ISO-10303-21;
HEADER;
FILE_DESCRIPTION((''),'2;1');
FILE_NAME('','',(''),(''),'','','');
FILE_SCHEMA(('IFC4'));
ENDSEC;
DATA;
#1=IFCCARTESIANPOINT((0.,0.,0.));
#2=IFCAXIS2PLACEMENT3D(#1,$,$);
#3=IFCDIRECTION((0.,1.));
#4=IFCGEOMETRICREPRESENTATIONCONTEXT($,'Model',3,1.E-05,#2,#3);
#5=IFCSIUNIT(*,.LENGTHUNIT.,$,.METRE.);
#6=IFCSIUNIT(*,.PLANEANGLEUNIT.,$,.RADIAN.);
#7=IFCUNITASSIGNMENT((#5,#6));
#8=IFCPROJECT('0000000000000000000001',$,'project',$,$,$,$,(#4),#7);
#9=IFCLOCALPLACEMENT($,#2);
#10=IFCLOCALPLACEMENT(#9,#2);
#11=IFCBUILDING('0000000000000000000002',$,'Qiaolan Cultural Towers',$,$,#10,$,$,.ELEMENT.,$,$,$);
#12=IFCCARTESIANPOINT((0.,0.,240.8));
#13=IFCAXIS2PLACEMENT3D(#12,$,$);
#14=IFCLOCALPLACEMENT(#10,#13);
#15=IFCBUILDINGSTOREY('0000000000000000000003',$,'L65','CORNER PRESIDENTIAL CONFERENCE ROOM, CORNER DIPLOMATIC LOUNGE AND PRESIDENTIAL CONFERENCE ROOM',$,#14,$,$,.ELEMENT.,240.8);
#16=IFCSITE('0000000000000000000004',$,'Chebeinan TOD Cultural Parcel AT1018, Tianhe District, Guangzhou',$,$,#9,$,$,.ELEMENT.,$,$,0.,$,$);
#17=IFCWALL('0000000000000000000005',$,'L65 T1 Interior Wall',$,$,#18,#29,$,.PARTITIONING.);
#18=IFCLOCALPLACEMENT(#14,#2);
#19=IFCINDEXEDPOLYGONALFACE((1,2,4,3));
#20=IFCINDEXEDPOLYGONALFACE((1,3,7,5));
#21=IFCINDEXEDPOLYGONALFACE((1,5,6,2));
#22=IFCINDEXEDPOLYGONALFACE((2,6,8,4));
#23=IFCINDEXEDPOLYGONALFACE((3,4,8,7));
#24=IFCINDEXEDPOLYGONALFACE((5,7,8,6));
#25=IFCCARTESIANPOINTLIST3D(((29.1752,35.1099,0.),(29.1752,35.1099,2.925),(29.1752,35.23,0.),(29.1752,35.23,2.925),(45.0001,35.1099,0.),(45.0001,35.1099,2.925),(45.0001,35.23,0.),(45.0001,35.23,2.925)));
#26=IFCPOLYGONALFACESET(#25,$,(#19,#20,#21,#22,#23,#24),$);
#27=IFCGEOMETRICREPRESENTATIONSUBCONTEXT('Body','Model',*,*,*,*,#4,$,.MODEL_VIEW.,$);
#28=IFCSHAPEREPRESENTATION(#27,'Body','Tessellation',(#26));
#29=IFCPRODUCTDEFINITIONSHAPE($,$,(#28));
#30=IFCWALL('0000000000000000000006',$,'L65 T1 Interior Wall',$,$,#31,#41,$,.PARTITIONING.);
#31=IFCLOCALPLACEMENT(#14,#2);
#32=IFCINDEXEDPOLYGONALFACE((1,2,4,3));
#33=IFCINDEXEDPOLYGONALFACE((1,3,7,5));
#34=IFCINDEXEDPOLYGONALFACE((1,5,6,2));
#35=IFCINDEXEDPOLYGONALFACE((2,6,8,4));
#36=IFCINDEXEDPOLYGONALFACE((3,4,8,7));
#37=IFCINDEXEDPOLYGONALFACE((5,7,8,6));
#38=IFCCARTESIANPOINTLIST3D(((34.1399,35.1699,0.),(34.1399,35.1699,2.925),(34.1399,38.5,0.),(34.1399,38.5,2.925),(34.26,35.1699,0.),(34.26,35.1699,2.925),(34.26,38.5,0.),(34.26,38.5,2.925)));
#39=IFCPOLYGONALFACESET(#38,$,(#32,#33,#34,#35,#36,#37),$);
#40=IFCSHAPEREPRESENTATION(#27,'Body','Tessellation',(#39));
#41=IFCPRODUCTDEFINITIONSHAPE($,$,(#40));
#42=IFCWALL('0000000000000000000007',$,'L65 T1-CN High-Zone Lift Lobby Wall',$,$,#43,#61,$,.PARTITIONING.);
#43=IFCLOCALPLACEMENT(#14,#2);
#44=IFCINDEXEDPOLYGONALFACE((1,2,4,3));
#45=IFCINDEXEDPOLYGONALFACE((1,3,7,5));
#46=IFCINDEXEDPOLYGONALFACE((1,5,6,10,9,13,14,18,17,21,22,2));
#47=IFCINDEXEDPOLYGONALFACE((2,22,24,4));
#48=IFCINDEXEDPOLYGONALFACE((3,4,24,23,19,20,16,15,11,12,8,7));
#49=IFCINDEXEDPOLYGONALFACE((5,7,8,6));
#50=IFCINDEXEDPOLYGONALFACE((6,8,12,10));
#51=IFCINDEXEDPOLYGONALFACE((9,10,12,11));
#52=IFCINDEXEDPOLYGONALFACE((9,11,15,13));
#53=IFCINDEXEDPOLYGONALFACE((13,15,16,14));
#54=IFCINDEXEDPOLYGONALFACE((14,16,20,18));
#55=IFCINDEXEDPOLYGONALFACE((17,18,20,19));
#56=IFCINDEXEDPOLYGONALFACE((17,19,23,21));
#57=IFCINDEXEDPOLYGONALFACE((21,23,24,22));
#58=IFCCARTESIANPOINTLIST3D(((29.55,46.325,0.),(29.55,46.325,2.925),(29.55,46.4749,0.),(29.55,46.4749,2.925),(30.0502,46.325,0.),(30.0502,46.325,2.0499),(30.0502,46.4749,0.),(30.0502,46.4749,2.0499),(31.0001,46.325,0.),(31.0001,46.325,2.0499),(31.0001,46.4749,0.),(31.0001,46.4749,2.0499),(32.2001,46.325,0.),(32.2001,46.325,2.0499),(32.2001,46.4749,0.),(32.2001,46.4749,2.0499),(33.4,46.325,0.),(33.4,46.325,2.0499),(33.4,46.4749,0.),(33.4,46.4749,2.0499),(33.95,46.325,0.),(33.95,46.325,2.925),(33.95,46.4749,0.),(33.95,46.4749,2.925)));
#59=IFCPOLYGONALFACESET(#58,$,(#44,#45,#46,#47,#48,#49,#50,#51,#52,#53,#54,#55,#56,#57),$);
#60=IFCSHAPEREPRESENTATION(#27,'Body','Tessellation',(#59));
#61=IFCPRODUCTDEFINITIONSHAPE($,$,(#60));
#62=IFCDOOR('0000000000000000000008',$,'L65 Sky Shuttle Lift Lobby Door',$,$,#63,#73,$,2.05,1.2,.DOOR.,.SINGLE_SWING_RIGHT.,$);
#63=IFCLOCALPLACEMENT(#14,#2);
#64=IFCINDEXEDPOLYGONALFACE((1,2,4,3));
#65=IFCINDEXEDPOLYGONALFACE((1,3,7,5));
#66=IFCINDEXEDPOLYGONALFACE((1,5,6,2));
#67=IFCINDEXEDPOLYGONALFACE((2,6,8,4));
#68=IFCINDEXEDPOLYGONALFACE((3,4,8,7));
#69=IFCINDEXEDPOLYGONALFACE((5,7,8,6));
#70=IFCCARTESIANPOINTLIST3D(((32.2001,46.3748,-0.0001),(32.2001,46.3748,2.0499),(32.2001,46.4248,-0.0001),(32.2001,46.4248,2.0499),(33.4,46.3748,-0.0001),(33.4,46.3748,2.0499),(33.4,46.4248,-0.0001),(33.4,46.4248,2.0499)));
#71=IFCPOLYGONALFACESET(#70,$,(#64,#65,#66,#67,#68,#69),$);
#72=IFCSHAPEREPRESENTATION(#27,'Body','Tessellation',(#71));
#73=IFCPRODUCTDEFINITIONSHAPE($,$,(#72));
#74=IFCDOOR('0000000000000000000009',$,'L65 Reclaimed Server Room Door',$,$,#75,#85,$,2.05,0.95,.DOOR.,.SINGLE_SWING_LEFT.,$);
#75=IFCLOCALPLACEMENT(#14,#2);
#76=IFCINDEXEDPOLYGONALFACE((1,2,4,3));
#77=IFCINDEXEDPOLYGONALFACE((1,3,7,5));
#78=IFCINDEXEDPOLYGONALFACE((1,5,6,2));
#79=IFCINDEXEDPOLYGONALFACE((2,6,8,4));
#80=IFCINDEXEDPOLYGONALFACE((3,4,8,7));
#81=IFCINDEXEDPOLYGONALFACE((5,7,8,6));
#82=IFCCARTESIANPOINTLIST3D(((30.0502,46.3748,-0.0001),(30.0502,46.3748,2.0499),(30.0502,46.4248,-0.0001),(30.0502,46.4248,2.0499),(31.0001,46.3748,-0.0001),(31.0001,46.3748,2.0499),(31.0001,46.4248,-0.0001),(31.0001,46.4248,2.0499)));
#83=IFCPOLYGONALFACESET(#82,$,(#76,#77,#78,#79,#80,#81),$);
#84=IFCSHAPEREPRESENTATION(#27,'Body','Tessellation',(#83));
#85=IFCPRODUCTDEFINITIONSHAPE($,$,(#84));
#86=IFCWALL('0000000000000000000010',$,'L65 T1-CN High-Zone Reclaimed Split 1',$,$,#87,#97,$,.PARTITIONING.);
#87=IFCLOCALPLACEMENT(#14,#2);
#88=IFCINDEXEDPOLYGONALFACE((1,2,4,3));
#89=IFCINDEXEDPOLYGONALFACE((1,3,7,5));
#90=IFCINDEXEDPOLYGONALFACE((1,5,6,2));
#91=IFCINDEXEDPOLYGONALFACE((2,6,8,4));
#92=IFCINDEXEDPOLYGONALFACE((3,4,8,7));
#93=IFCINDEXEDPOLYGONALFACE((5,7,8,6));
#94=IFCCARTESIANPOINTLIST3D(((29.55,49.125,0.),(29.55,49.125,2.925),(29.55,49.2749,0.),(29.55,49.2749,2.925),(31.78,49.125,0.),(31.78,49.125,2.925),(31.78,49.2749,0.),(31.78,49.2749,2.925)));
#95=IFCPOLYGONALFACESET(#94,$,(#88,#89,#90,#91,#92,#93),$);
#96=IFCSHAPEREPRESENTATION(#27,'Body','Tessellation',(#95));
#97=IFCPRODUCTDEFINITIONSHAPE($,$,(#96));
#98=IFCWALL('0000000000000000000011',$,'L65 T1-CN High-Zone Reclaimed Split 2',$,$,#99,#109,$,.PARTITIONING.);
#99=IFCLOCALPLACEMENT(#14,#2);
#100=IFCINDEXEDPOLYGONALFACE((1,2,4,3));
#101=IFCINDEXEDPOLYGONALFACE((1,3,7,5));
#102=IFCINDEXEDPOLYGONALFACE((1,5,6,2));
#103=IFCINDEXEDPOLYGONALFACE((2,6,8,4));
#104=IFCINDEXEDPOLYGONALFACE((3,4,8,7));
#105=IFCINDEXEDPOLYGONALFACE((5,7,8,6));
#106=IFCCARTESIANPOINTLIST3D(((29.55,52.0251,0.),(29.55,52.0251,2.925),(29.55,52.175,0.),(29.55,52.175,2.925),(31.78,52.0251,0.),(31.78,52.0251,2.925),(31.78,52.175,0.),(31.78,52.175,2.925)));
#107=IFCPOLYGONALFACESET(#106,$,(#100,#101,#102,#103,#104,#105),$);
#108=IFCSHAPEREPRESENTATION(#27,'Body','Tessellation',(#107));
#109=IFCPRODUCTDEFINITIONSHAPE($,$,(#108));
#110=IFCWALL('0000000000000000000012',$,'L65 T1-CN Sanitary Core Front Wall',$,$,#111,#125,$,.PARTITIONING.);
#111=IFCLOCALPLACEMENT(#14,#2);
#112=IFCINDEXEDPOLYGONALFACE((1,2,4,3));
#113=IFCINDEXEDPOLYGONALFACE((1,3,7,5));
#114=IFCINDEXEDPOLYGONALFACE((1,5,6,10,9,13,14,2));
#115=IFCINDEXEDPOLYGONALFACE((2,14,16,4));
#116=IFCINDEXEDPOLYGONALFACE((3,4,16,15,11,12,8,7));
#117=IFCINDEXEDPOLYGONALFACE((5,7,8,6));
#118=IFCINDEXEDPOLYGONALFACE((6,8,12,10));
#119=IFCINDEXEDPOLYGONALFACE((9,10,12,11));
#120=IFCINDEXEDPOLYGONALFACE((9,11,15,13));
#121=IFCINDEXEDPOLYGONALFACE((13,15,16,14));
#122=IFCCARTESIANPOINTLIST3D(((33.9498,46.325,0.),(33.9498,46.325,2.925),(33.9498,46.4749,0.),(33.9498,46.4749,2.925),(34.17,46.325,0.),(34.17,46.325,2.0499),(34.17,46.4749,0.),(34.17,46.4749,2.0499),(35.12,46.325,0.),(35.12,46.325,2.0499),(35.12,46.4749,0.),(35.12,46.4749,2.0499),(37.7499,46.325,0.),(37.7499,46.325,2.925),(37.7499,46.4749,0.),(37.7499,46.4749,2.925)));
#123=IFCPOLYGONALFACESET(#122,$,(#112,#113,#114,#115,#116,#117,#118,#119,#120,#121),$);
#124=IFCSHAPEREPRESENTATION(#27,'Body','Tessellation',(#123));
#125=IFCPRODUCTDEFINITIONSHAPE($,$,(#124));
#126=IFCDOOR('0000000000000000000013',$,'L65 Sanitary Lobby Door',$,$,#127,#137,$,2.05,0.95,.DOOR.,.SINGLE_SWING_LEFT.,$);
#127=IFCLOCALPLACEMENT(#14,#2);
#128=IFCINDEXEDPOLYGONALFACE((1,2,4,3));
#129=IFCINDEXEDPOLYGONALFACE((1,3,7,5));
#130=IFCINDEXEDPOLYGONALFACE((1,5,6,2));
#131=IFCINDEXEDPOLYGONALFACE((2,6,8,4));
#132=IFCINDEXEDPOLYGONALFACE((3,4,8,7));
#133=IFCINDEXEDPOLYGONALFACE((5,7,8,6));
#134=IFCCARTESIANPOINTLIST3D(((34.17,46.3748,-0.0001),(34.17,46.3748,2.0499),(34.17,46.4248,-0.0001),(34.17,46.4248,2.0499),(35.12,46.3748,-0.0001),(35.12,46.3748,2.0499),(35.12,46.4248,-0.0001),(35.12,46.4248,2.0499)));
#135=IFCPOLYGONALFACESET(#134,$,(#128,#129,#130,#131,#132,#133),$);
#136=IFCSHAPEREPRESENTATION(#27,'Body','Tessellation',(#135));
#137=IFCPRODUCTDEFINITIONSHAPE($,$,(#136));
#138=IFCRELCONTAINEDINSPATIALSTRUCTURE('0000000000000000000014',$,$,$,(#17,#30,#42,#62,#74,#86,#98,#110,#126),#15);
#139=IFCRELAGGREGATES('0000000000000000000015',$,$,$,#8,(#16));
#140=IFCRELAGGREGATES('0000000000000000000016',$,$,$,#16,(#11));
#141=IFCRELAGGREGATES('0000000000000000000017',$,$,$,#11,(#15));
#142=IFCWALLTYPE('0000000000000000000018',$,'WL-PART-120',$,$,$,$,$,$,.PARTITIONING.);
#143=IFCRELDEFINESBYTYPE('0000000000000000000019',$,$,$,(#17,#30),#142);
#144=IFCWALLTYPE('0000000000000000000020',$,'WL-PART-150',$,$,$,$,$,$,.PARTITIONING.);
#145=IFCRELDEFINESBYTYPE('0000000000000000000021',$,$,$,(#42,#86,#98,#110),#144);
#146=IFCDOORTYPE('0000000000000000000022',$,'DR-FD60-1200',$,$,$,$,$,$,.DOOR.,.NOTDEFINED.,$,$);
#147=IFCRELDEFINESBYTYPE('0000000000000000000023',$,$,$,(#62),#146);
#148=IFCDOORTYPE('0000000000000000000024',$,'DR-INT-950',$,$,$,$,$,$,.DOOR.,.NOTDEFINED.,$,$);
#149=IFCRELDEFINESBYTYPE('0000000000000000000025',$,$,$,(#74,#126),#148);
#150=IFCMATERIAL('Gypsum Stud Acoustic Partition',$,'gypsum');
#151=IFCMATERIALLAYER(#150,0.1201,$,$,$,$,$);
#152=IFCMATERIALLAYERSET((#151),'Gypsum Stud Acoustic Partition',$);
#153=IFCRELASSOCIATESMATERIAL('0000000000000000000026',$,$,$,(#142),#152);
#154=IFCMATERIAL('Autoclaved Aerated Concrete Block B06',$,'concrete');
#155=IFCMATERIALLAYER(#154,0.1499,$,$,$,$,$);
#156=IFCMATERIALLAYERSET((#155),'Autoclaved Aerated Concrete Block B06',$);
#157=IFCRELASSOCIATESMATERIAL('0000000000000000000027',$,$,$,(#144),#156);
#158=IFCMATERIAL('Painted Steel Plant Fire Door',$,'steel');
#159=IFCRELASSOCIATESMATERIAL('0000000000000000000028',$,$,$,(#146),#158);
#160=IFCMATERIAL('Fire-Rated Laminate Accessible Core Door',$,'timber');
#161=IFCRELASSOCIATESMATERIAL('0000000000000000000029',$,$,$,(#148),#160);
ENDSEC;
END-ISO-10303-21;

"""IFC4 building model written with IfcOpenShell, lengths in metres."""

from ifc_helpers import new_model, si_unit, direction, frame, frame_2d, origin, place, context, subcontext, project, spatial, rectangle, extrude, material, layer, layer_set, type_object, element, fill, save


model = new_model("IFC4")

# Units and contexts
model_context = context("Model", 3, precision=1e-05, world=origin(), true_north=direction((0.0, 1.0)))
body_context = subcontext(model_context, "Body", "Model", "MODEL_VIEW")
ifc_project = project(units=[si_unit("LENGTHUNIT", "METRE"), si_unit("PLANEANGLEUNIT", "RADIAN")], contexts=[model_context])

# Site, building, storey
site_placement = place(None, origin())
site = spatial("IfcSite", under=ifc_project, at=site_placement, Name="Chebeinan TOD Cultural Parcel AT1018, Tianhe District, Guangzhou", CompositionType="ELEMENT", RefElevation=0.0)
building_placement = place(site_placement, origin())
building = spatial("IfcBuilding", under=site, at=building_placement, Name="Qiaolan Cultural Towers", CompositionType="ELEMENT")
storey_placement = place(building_placement, frame((0.0, 0.0, 240.8)))
storey = spatial("IfcBuildingStorey", under=building, at=storey_placement, Name="L65", Description="CORNER PRESIDENTIAL CONFERENCE ROOM, CORNER DIPLOMATIC LOUNGE AND PRESIDENTIAL CONFERENCE ROOM", CompositionType="ELEMENT", Elevation=240.8)

# Shared definitions
ifc_material_1 = material(Name="Gypsum Stud Acoustic Partition", Category="gypsum")
ifc_layer_1 = layer(ifc_material_1, 0.1201)
ifc_layer_set_1 = layer_set([ifc_layer_1], Name="Gypsum Stud Acoustic Partition")
wall_type_1 = type_object("IfcWallType", Name="WL-PART-120", PredefinedType="PARTITIONING", material=ifc_layer_set_1)

# Walls
wall_1_placement = place(storey_placement, frame((29.175, 35.1699, 0.0), z_axis=(0.0, 0.0, 1.0), x_axis=(1.0, 0.0, 0.0)))
element("IfcWall", 1, at=wall_1_placement, inside=storey, type_object=wall_type_1, Name="L65 T1 Interior Wall", PredefinedType="PARTITIONING", context=body_context, shape_type="SweptSolid", body=[
    extrude(rectangle(XDim=15.825, YDim=0.1201, at=frame_2d((7.9126, 0.0))), origin(), (0.0, 0.0, 1.0), 2.925),
])
wall_2_placement = place(storey_placement, frame((34.2, 35.1699, 0.0), z_axis=(0.0, 0.0, 1.0), x_axis=(0.0, 1.0, 0.0)))
element("IfcWall", 2, at=wall_2_placement, inside=storey, type_object=wall_type_1, Name="L65 T1 Interior Wall", PredefinedType="PARTITIONING", context=body_context, shape_type="SweptSolid", body=[
    extrude(rectangle(XDim=3.3301, YDim=0.1201, at=frame_2d((1.665, 0.0))), origin(), (0.0, 0.0, 1.0), 2.925),
])

# Wall, openings, doors
ifc_material_2 = material(Name="Autoclaved Aerated Concrete Block B06", Category="concrete")
ifc_layer_2 = layer(ifc_material_2, 0.1499)
ifc_layer_set_2 = layer_set([ifc_layer_2], Name="Autoclaved Aerated Concrete Block B06")
wall_type_2 = type_object("IfcWallType", Name="WL-PART-150", PredefinedType="PARTITIONING", material=ifc_layer_set_2)
wall_3_placement = place(storey_placement, frame((29.55, 46.3999, 0.0), z_axis=(0.0, 0.0, 1.0), x_axis=(1.0, 0.0, 0.0)))
wall_3 = element("IfcWall", 3, at=wall_3_placement, inside=storey, type_object=wall_type_2, Name="L65 T1-CN High-Zone Lift Lobby Wall", PredefinedType="PARTITIONING", context=body_context, shape_type="SweptSolid", body=[
    extrude(rectangle(XDim=4.3999, YDim=0.1499, at=frame_2d((2.2, 0.0))), origin(), (0.0, 0.0, 1.0), 2.925),
])
opening_1_placement = place(wall_3_placement, frame((0.5, 0.0, 0.0)))
opening_1 = element("IfcOpeningElement", 4, at=opening_1_placement, cuts=wall_3, PredefinedType="OPENING", context=body_context, shape_type="SweptSolid", body=[
    extrude(rectangle(XDim=0.95, YDim=2.05, at=frame_2d((0.4751, 1.0249))), frame((0.0, 0.085, 0.0), z_axis=(0.0, -1.0, 0.0), x_axis=(1.0, 0.0, 0.0)), (0.0, 0.0, 1.0), 0.1699),
])
opening_2_placement = place(wall_3_placement, frame((2.6499, 0.0, 0.0)))
opening_2 = element("IfcOpeningElement", 5, at=opening_2_placement, cuts=wall_3, PredefinedType="OPENING", context=body_context, shape_type="SweptSolid", body=[
    extrude(rectangle(XDim=1.2, YDim=2.05, at=frame_2d((0.6001, 1.0249))), frame((0.0, 0.085, 0.0), z_axis=(0.0, -1.0, 0.0), x_axis=(1.0, 0.0, 0.0)), (0.0, 0.0, 1.0), 0.1699),
])
ifc_material_3 = material(Name="Painted Steel Plant Fire Door", Category="steel")
door_type_1 = type_object("IfcDoorType", Name="DR-FD60-1200", OperationType="NOTDEFINED", PredefinedType="DOOR", material=ifc_material_3)
door_1_placement = place(opening_2_placement, origin())
door_1 = element("IfcDoor", 6, at=door_1_placement, inside=storey, type_object=door_type_1, Name="L65 Sky Shuttle Lift Lobby Door", OperationType="SINGLE_SWING_RIGHT", OverallHeight=2.05, OverallWidth=1.2, PredefinedType="DOOR", context=body_context, shape_type="SweptSolid", body=[
    extrude(rectangle(XDim=1.2, YDim=2.05, at=frame_2d((0.6001, 1.0249))), frame((0.0, 0.0249, 0.0), z_axis=(0.0, -1.0, 0.0), x_axis=(1.0, 0.0, 0.0)), (0.0, 0.0, 1.0), 0.05),
])
fill(opening_2, door_1)
ifc_material_4 = material(Name="Fire-Rated Laminate Accessible Core Door", Category="timber")
door_type_2 = type_object("IfcDoorType", Name="DR-INT-950", OperationType="NOTDEFINED", PredefinedType="DOOR", material=ifc_material_4)
door_2_placement = place(opening_1_placement, origin())
door_2 = element("IfcDoor", 7, at=door_2_placement, inside=storey, type_object=door_type_2, Name="L65 Reclaimed Server Room Door", OperationType="SINGLE_SWING_LEFT", OverallHeight=2.05, OverallWidth=0.95, PredefinedType="DOOR", context=body_context, shape_type="SweptSolid", body=[
    extrude(rectangle(XDim=0.95, YDim=2.05, at=frame_2d((0.4751, 1.0249))), frame((0.0, 0.0249, 0.0), z_axis=(0.0, -1.0, 0.0), x_axis=(1.0, 0.0, 0.0)), (0.0, 0.0, 1.0), 0.05),
])
fill(opening_1, door_2)

# Walls
for number, where, z_axis, x_axis, name in (
    (8, (29.55, 49.2, 0.0), (0.0, 0.0, 1.0), (1.0, 0.0, 0.0), "L65 T1-CN High-Zone Reclaimed Split 1"),
    (9, (29.55, 52.1001, 0.0), (0.0, 0.0, 1.0), (1.0, 0.0, 0.0), "L65 T1-CN High-Zone Reclaimed Split 2"),
):
    element("IfcWall", number, at=place(storey_placement, frame(where, z_axis=z_axis, x_axis=x_axis)), inside=storey, type_object=wall_type_2, Name=name, PredefinedType="PARTITIONING", context=body_context, shape_type="SweptSolid", body=[
        extrude(rectangle(XDim=2.23, YDim=0.1499, at=frame_2d((1.115, 0.0))), origin(), (0.0, 0.0, 1.0), 2.925),
    ])

# Wall, opening, door
wall_4_placement = place(storey_placement, frame((33.95, 46.3999, 0.0), z_axis=(0.0, 0.0, 1.0), x_axis=(1.0, 0.0, 0.0)))
wall_4 = element("IfcWall", 10, at=wall_4_placement, inside=storey, type_object=wall_type_2, Name="L65 T1-CN Sanitary Core Front Wall", PredefinedType="PARTITIONING", context=body_context, shape_type="SweptSolid", body=[
    extrude(rectangle(XDim=3.8, YDim=0.1499, at=frame_2d((1.8999, 0.0))), origin(), (0.0, 0.0, 1.0), 2.925),
])
opening_3_placement = place(wall_4_placement, frame((0.22, 0.0, 0.0)))
opening_3 = element("IfcOpeningElement", 11, at=opening_3_placement, cuts=wall_4, PredefinedType="OPENING", context=body_context, shape_type="SweptSolid", body=[
    extrude(rectangle(XDim=0.95, YDim=2.05, at=frame_2d((0.4751, 1.0249))), frame((0.0, 0.085, 0.0), z_axis=(0.0, -1.0, 0.0), x_axis=(1.0, 0.0, 0.0)), (0.0, 0.0, 1.0), 0.1699),
])
door_3_placement = place(opening_3_placement, origin())
door_3 = element("IfcDoor", 12, at=door_3_placement, inside=storey, type_object=door_type_2, Name="L65 Sanitary Lobby Door", OperationType="SINGLE_SWING_LEFT", OverallHeight=2.05, OverallWidth=0.95, PredefinedType="DOOR", context=body_context, shape_type="SweptSolid", body=[
    extrude(rectangle(XDim=0.95, YDim=2.05, at=frame_2d((0.4751, 1.0249))), frame((0.0, 0.0249, 0.0), z_axis=(0.0, -1.0, 0.0), x_axis=(1.0, 0.0, 0.0)), (0.0, 0.0, 1.0), 0.05),
])
fill(opening_3, door_3)

save(model, "model.ifc")
